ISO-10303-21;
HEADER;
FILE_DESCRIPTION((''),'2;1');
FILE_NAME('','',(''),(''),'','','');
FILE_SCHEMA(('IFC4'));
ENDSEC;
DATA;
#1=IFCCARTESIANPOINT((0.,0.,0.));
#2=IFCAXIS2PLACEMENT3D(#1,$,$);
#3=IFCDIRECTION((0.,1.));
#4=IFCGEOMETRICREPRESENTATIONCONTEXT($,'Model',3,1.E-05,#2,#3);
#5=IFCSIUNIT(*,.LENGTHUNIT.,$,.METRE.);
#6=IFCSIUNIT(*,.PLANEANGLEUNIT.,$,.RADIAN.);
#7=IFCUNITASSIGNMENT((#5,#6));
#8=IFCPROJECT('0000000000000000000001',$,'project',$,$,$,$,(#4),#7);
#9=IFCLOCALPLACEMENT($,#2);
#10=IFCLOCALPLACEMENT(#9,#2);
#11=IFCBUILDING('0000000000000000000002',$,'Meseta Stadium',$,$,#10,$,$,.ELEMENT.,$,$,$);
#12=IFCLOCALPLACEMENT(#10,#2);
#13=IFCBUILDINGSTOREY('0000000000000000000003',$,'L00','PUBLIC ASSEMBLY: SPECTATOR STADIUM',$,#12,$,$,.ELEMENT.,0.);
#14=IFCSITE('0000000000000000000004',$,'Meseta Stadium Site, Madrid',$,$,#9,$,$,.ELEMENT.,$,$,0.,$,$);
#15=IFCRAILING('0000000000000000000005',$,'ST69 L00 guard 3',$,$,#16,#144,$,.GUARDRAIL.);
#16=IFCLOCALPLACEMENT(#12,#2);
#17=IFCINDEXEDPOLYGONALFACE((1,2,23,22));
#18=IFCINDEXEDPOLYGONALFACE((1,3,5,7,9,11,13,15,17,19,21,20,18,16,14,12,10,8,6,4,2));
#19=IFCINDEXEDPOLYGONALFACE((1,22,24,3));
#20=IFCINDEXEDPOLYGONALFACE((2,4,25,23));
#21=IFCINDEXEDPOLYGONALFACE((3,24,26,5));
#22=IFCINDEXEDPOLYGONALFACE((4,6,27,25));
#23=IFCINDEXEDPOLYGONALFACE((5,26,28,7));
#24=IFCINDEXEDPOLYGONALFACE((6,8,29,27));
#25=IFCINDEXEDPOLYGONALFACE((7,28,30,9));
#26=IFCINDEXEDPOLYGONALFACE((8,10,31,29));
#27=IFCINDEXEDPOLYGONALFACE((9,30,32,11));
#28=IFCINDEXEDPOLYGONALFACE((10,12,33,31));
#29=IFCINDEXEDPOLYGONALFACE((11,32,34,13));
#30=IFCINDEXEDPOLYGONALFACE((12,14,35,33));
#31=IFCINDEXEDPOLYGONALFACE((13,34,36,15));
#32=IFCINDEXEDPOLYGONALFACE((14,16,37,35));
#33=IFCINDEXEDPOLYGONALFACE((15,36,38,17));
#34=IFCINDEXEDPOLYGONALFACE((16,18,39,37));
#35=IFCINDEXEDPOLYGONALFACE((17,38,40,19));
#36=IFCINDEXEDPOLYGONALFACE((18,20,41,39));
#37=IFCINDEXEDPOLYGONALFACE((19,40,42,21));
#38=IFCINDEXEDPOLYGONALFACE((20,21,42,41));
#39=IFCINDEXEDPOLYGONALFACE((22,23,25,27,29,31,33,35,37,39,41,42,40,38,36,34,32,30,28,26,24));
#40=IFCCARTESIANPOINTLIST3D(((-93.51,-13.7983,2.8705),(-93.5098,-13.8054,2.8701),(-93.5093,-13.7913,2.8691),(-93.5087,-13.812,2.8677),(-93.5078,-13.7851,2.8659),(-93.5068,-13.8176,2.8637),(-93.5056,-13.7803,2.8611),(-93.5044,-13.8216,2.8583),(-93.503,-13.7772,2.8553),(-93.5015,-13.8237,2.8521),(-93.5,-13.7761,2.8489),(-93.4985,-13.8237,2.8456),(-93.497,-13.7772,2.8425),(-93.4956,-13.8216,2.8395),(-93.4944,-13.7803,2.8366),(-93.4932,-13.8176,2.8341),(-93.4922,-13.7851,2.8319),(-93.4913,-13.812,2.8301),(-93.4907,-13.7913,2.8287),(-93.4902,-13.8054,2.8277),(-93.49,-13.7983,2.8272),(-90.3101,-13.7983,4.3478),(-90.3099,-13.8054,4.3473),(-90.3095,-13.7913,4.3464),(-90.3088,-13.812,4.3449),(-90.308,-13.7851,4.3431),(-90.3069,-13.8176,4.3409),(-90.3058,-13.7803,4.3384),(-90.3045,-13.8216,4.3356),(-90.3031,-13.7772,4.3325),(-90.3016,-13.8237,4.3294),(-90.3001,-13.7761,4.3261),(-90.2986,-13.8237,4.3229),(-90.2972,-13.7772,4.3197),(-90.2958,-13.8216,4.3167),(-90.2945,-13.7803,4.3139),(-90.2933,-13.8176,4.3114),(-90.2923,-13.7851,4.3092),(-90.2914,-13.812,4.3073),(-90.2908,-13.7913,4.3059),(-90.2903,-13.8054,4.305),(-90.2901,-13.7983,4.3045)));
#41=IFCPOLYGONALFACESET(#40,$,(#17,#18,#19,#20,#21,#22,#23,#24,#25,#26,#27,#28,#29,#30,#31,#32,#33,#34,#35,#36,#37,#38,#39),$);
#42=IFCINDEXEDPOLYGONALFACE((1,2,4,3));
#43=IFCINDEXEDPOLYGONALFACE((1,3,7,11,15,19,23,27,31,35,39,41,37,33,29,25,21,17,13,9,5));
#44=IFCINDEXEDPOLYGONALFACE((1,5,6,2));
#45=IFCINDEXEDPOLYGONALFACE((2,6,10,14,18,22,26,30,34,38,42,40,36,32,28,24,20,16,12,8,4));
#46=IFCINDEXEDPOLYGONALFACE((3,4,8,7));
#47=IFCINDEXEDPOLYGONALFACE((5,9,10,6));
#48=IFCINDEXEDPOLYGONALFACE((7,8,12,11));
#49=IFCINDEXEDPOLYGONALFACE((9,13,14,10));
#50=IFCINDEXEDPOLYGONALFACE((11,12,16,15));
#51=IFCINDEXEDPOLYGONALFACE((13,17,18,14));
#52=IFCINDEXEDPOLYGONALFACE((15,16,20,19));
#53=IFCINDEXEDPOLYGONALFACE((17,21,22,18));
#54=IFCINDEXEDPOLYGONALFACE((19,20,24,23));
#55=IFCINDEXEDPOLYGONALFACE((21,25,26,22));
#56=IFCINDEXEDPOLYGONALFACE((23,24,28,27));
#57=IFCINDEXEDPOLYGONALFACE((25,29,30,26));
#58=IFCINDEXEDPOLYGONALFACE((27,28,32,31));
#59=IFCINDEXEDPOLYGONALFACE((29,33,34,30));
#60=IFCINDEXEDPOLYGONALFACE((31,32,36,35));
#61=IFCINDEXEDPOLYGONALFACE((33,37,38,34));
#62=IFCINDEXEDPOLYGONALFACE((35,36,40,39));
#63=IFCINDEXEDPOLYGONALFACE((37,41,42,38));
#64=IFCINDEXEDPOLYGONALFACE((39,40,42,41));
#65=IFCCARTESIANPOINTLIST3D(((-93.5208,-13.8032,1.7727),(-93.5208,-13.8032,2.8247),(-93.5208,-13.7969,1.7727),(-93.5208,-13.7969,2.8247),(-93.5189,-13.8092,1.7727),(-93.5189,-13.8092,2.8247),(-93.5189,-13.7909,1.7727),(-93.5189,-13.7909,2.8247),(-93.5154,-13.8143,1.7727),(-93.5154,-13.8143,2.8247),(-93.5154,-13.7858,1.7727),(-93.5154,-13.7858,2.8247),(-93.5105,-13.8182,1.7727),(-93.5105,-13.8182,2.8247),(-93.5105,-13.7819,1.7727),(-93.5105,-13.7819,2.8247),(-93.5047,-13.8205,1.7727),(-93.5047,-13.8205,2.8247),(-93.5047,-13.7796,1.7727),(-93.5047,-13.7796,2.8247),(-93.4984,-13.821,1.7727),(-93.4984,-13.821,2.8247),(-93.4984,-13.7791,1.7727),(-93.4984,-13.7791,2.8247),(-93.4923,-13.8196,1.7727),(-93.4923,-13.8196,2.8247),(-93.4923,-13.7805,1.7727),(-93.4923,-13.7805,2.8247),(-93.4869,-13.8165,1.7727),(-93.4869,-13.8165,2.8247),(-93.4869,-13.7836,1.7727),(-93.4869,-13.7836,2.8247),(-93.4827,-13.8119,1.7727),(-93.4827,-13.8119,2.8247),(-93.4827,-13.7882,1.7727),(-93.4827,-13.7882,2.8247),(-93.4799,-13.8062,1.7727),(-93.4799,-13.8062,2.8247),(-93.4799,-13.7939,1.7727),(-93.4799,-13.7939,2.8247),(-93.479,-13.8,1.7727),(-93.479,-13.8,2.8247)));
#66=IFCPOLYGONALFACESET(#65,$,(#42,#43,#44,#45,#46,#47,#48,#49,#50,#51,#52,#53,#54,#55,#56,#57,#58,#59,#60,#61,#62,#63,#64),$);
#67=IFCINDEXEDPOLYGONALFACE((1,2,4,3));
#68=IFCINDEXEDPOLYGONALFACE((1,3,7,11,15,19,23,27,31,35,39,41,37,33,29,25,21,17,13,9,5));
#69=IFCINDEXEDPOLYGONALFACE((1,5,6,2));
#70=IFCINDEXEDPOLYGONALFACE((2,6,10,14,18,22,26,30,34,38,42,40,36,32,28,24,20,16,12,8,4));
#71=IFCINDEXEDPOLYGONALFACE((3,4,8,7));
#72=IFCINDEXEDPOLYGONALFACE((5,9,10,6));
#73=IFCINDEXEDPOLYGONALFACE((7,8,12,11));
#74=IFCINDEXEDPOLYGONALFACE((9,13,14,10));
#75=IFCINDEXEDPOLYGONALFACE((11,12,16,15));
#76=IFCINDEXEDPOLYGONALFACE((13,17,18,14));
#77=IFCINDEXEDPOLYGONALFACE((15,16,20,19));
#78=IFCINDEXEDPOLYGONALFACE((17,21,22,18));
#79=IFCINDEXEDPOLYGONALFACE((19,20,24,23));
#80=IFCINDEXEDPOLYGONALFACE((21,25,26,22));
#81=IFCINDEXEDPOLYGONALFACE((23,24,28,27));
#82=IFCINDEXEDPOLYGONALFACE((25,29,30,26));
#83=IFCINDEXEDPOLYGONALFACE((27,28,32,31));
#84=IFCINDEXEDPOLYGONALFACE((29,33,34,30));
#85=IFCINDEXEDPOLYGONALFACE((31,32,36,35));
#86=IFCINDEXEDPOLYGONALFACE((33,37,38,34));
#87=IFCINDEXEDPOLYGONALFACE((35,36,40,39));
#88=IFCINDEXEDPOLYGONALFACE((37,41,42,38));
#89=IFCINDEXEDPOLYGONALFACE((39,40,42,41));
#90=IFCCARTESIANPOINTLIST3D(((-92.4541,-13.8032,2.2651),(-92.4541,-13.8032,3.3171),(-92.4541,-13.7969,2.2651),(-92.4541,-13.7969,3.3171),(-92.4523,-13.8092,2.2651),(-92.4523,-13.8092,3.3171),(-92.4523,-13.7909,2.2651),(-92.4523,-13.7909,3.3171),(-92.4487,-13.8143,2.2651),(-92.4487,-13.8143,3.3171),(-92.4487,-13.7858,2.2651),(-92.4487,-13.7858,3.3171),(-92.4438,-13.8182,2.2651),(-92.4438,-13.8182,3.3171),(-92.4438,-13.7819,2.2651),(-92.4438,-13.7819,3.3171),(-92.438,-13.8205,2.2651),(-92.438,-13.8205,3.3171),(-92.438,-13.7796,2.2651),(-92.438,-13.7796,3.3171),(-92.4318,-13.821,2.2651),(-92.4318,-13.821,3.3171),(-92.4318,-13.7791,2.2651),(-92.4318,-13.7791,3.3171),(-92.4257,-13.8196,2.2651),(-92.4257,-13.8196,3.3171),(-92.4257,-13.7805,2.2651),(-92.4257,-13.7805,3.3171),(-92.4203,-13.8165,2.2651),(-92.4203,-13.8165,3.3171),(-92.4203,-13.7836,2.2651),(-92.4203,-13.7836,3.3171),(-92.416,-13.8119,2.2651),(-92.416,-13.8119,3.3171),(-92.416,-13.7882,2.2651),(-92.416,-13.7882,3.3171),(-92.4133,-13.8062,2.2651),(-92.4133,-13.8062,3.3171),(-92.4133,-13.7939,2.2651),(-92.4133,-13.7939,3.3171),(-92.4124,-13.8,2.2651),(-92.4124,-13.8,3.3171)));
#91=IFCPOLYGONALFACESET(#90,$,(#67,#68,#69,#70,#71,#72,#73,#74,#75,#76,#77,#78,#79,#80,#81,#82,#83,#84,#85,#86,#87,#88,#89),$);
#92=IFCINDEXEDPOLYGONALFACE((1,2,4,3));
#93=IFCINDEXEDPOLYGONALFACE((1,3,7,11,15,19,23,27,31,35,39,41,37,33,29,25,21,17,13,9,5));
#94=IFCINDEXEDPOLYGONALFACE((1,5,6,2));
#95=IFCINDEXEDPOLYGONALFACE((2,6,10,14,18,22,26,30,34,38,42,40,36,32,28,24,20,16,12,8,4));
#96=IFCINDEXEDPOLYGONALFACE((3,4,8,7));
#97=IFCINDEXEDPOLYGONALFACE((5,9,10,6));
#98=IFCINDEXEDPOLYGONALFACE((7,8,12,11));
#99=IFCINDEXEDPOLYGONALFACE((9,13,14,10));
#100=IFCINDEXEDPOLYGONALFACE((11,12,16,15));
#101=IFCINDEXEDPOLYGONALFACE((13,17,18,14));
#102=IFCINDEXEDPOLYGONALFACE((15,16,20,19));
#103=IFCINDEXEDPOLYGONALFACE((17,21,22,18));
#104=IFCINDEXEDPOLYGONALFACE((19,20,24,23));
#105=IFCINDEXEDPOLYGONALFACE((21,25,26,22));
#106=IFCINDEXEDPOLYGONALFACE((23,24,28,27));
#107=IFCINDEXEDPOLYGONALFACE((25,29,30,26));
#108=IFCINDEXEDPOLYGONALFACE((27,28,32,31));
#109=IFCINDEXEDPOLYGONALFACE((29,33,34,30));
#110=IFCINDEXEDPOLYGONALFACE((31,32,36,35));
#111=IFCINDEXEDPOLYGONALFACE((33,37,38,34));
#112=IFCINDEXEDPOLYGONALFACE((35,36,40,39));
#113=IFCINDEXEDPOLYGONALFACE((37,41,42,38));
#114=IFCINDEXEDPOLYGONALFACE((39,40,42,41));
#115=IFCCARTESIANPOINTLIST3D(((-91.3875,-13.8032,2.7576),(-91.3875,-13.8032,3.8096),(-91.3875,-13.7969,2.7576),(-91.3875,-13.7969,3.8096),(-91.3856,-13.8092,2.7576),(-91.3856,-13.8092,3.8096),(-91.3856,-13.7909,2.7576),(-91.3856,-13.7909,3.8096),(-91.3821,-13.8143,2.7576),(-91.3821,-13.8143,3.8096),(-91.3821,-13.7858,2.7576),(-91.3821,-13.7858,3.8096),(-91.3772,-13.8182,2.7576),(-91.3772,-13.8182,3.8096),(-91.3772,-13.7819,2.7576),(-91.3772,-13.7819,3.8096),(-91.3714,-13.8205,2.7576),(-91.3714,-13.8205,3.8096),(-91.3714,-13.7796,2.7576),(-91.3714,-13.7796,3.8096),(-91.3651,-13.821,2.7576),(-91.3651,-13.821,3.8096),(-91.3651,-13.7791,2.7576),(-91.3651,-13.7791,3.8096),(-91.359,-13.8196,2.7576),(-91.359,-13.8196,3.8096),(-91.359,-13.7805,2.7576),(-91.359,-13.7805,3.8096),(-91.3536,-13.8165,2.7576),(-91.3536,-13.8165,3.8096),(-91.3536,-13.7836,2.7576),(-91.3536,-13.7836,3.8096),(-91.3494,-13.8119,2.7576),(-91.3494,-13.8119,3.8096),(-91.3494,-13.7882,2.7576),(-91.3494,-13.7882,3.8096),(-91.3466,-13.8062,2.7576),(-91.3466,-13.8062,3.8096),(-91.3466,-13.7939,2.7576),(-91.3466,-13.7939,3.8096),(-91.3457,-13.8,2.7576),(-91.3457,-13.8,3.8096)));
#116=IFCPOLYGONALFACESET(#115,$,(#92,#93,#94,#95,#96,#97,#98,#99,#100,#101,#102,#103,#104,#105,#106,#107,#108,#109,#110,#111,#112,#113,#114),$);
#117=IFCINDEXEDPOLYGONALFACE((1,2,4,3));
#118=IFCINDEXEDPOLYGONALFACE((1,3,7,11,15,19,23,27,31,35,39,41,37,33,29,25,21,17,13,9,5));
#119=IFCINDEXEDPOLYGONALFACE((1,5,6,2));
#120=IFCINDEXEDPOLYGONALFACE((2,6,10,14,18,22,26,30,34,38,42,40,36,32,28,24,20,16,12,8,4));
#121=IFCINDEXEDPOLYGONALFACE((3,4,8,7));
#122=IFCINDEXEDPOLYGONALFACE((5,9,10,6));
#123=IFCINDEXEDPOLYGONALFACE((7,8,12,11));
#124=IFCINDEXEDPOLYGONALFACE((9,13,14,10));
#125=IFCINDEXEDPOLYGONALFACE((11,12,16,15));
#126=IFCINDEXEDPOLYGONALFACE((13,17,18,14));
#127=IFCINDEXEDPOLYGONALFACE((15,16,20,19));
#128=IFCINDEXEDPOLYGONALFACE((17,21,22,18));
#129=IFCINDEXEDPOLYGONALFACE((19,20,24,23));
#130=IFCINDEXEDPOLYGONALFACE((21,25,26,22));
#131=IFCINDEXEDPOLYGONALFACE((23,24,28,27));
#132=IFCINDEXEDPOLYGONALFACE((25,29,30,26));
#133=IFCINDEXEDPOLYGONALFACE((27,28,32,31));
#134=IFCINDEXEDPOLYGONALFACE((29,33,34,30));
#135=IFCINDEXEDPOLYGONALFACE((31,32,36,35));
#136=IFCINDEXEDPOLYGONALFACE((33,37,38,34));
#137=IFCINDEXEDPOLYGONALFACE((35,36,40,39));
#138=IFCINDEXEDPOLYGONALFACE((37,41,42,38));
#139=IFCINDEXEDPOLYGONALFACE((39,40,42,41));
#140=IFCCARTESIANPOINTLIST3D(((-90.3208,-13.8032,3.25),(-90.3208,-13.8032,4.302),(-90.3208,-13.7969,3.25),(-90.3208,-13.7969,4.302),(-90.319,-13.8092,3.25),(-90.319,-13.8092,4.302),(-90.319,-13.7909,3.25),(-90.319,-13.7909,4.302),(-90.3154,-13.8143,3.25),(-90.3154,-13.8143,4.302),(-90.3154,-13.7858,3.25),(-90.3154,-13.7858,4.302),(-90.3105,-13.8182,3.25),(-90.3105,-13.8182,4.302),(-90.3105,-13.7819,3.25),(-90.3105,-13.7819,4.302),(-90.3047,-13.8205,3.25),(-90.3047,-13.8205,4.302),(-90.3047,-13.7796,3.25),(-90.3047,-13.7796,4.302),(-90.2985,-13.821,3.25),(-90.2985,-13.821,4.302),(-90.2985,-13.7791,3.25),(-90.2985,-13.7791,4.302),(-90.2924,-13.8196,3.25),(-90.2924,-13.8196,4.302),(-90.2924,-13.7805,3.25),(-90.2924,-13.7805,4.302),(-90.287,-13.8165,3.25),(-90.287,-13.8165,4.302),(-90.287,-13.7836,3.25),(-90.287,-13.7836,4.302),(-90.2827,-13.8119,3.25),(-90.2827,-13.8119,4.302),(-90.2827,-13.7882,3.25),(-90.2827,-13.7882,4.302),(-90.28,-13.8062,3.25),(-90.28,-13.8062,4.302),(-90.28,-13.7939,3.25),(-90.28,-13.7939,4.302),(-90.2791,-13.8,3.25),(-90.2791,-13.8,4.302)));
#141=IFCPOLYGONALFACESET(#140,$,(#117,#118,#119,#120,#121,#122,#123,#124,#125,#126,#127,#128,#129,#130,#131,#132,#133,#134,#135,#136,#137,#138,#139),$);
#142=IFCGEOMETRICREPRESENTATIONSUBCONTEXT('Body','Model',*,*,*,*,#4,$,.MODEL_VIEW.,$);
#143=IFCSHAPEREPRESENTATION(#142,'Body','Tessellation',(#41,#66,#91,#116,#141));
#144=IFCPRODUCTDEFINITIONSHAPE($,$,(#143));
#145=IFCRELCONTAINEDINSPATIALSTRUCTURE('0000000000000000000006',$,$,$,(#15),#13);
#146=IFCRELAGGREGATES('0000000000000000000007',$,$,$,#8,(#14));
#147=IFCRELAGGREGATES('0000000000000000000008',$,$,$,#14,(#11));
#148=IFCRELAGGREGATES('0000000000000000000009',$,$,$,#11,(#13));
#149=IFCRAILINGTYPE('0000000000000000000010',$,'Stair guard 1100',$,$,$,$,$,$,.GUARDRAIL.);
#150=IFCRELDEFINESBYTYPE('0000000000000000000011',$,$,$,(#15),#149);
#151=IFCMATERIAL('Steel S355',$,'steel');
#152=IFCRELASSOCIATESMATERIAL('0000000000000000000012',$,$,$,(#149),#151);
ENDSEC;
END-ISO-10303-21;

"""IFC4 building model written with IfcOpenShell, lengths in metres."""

from ifc_helpers import new_model, si_unit, direction, frame, origin, origin_2d, place, context, subcontext, project, spatial, circle, extrude, material, type_object, element, save


model = new_model("IFC4")

# Units and contexts
model_context = context("Model", 3, precision=1e-05, world=origin(), true_north=direction((0.0, 1.0)))
body_context = subcontext(model_context, "Body", "Model", "MODEL_VIEW")
ifc_project = project(units=[si_unit("LENGTHUNIT", "METRE"), si_unit("PLANEANGLEUNIT", "RADIAN")], contexts=[model_context])

# Site, building, storey
site_placement = place(None, origin())
site = spatial("IfcSite", under=ifc_project, at=site_placement, Name="Meseta Stadium Site, Madrid", CompositionType="ELEMENT", RefElevation=0.0)
building_placement = place(site_placement, origin())
building = spatial("IfcBuilding", under=site, at=building_placement, Name="Meseta Stadium", CompositionType="ELEMENT")
storey_placement = place(building_placement, origin())
storey = spatial("IfcBuildingStorey", under=building, at=storey_placement, Name="L00", Description="PUBLIC ASSEMBLY: SPECTATOR STADIUM", CompositionType="ELEMENT", Elevation=0.0)

# Railing
ifc_material_1 = material(Name="Steel S355", Category="steel")
railing_type_1 = type_object("IfcRailingType", Name="Stair guard 1100", PredefinedType="GUARDRAIL", material=ifc_material_1)
railing_1_placement = place(storey_placement, frame((-93.5, -13.8, 1.7727)))
element("IfcRailing", 1, at=railing_1_placement, inside=storey, type_object=railing_type_1, Name="ST69 L00 guard 3", PredefinedType="GUARDRAIL", context=body_context, shape_type="SweptSolid", body=[
    extrude(circle(Radius=0.0239, at=origin_2d()), frame((0.0, 0.0, 1.0762), z_axis=(0.907917, 0.0, 0.41915), x_axis=(0.0, 1.0, 0.0)), (0.0, 0.0, 1.0), 3.5244),
    extrude(circle(Radius=0.021, at=origin_2d()), origin(), (0.0, 0.0, 1.0), 1.052),
    extrude(circle(Radius=0.021, at=origin_2d()), frame((1.0667, 0.0, 0.4924)), (0.0, 0.0, 1.0), 1.052),
    extrude(circle(Radius=0.021, at=origin_2d()), frame((2.1333, 0.0, 0.9849)), (0.0, 0.0, 1.0), 1.052),
    extrude(circle(Radius=0.021, at=origin_2d()), frame((3.2, 0.0, 1.4773)), (0.0, 0.0, 1.0), 1.052),
])

save(model, "model.ifc")
